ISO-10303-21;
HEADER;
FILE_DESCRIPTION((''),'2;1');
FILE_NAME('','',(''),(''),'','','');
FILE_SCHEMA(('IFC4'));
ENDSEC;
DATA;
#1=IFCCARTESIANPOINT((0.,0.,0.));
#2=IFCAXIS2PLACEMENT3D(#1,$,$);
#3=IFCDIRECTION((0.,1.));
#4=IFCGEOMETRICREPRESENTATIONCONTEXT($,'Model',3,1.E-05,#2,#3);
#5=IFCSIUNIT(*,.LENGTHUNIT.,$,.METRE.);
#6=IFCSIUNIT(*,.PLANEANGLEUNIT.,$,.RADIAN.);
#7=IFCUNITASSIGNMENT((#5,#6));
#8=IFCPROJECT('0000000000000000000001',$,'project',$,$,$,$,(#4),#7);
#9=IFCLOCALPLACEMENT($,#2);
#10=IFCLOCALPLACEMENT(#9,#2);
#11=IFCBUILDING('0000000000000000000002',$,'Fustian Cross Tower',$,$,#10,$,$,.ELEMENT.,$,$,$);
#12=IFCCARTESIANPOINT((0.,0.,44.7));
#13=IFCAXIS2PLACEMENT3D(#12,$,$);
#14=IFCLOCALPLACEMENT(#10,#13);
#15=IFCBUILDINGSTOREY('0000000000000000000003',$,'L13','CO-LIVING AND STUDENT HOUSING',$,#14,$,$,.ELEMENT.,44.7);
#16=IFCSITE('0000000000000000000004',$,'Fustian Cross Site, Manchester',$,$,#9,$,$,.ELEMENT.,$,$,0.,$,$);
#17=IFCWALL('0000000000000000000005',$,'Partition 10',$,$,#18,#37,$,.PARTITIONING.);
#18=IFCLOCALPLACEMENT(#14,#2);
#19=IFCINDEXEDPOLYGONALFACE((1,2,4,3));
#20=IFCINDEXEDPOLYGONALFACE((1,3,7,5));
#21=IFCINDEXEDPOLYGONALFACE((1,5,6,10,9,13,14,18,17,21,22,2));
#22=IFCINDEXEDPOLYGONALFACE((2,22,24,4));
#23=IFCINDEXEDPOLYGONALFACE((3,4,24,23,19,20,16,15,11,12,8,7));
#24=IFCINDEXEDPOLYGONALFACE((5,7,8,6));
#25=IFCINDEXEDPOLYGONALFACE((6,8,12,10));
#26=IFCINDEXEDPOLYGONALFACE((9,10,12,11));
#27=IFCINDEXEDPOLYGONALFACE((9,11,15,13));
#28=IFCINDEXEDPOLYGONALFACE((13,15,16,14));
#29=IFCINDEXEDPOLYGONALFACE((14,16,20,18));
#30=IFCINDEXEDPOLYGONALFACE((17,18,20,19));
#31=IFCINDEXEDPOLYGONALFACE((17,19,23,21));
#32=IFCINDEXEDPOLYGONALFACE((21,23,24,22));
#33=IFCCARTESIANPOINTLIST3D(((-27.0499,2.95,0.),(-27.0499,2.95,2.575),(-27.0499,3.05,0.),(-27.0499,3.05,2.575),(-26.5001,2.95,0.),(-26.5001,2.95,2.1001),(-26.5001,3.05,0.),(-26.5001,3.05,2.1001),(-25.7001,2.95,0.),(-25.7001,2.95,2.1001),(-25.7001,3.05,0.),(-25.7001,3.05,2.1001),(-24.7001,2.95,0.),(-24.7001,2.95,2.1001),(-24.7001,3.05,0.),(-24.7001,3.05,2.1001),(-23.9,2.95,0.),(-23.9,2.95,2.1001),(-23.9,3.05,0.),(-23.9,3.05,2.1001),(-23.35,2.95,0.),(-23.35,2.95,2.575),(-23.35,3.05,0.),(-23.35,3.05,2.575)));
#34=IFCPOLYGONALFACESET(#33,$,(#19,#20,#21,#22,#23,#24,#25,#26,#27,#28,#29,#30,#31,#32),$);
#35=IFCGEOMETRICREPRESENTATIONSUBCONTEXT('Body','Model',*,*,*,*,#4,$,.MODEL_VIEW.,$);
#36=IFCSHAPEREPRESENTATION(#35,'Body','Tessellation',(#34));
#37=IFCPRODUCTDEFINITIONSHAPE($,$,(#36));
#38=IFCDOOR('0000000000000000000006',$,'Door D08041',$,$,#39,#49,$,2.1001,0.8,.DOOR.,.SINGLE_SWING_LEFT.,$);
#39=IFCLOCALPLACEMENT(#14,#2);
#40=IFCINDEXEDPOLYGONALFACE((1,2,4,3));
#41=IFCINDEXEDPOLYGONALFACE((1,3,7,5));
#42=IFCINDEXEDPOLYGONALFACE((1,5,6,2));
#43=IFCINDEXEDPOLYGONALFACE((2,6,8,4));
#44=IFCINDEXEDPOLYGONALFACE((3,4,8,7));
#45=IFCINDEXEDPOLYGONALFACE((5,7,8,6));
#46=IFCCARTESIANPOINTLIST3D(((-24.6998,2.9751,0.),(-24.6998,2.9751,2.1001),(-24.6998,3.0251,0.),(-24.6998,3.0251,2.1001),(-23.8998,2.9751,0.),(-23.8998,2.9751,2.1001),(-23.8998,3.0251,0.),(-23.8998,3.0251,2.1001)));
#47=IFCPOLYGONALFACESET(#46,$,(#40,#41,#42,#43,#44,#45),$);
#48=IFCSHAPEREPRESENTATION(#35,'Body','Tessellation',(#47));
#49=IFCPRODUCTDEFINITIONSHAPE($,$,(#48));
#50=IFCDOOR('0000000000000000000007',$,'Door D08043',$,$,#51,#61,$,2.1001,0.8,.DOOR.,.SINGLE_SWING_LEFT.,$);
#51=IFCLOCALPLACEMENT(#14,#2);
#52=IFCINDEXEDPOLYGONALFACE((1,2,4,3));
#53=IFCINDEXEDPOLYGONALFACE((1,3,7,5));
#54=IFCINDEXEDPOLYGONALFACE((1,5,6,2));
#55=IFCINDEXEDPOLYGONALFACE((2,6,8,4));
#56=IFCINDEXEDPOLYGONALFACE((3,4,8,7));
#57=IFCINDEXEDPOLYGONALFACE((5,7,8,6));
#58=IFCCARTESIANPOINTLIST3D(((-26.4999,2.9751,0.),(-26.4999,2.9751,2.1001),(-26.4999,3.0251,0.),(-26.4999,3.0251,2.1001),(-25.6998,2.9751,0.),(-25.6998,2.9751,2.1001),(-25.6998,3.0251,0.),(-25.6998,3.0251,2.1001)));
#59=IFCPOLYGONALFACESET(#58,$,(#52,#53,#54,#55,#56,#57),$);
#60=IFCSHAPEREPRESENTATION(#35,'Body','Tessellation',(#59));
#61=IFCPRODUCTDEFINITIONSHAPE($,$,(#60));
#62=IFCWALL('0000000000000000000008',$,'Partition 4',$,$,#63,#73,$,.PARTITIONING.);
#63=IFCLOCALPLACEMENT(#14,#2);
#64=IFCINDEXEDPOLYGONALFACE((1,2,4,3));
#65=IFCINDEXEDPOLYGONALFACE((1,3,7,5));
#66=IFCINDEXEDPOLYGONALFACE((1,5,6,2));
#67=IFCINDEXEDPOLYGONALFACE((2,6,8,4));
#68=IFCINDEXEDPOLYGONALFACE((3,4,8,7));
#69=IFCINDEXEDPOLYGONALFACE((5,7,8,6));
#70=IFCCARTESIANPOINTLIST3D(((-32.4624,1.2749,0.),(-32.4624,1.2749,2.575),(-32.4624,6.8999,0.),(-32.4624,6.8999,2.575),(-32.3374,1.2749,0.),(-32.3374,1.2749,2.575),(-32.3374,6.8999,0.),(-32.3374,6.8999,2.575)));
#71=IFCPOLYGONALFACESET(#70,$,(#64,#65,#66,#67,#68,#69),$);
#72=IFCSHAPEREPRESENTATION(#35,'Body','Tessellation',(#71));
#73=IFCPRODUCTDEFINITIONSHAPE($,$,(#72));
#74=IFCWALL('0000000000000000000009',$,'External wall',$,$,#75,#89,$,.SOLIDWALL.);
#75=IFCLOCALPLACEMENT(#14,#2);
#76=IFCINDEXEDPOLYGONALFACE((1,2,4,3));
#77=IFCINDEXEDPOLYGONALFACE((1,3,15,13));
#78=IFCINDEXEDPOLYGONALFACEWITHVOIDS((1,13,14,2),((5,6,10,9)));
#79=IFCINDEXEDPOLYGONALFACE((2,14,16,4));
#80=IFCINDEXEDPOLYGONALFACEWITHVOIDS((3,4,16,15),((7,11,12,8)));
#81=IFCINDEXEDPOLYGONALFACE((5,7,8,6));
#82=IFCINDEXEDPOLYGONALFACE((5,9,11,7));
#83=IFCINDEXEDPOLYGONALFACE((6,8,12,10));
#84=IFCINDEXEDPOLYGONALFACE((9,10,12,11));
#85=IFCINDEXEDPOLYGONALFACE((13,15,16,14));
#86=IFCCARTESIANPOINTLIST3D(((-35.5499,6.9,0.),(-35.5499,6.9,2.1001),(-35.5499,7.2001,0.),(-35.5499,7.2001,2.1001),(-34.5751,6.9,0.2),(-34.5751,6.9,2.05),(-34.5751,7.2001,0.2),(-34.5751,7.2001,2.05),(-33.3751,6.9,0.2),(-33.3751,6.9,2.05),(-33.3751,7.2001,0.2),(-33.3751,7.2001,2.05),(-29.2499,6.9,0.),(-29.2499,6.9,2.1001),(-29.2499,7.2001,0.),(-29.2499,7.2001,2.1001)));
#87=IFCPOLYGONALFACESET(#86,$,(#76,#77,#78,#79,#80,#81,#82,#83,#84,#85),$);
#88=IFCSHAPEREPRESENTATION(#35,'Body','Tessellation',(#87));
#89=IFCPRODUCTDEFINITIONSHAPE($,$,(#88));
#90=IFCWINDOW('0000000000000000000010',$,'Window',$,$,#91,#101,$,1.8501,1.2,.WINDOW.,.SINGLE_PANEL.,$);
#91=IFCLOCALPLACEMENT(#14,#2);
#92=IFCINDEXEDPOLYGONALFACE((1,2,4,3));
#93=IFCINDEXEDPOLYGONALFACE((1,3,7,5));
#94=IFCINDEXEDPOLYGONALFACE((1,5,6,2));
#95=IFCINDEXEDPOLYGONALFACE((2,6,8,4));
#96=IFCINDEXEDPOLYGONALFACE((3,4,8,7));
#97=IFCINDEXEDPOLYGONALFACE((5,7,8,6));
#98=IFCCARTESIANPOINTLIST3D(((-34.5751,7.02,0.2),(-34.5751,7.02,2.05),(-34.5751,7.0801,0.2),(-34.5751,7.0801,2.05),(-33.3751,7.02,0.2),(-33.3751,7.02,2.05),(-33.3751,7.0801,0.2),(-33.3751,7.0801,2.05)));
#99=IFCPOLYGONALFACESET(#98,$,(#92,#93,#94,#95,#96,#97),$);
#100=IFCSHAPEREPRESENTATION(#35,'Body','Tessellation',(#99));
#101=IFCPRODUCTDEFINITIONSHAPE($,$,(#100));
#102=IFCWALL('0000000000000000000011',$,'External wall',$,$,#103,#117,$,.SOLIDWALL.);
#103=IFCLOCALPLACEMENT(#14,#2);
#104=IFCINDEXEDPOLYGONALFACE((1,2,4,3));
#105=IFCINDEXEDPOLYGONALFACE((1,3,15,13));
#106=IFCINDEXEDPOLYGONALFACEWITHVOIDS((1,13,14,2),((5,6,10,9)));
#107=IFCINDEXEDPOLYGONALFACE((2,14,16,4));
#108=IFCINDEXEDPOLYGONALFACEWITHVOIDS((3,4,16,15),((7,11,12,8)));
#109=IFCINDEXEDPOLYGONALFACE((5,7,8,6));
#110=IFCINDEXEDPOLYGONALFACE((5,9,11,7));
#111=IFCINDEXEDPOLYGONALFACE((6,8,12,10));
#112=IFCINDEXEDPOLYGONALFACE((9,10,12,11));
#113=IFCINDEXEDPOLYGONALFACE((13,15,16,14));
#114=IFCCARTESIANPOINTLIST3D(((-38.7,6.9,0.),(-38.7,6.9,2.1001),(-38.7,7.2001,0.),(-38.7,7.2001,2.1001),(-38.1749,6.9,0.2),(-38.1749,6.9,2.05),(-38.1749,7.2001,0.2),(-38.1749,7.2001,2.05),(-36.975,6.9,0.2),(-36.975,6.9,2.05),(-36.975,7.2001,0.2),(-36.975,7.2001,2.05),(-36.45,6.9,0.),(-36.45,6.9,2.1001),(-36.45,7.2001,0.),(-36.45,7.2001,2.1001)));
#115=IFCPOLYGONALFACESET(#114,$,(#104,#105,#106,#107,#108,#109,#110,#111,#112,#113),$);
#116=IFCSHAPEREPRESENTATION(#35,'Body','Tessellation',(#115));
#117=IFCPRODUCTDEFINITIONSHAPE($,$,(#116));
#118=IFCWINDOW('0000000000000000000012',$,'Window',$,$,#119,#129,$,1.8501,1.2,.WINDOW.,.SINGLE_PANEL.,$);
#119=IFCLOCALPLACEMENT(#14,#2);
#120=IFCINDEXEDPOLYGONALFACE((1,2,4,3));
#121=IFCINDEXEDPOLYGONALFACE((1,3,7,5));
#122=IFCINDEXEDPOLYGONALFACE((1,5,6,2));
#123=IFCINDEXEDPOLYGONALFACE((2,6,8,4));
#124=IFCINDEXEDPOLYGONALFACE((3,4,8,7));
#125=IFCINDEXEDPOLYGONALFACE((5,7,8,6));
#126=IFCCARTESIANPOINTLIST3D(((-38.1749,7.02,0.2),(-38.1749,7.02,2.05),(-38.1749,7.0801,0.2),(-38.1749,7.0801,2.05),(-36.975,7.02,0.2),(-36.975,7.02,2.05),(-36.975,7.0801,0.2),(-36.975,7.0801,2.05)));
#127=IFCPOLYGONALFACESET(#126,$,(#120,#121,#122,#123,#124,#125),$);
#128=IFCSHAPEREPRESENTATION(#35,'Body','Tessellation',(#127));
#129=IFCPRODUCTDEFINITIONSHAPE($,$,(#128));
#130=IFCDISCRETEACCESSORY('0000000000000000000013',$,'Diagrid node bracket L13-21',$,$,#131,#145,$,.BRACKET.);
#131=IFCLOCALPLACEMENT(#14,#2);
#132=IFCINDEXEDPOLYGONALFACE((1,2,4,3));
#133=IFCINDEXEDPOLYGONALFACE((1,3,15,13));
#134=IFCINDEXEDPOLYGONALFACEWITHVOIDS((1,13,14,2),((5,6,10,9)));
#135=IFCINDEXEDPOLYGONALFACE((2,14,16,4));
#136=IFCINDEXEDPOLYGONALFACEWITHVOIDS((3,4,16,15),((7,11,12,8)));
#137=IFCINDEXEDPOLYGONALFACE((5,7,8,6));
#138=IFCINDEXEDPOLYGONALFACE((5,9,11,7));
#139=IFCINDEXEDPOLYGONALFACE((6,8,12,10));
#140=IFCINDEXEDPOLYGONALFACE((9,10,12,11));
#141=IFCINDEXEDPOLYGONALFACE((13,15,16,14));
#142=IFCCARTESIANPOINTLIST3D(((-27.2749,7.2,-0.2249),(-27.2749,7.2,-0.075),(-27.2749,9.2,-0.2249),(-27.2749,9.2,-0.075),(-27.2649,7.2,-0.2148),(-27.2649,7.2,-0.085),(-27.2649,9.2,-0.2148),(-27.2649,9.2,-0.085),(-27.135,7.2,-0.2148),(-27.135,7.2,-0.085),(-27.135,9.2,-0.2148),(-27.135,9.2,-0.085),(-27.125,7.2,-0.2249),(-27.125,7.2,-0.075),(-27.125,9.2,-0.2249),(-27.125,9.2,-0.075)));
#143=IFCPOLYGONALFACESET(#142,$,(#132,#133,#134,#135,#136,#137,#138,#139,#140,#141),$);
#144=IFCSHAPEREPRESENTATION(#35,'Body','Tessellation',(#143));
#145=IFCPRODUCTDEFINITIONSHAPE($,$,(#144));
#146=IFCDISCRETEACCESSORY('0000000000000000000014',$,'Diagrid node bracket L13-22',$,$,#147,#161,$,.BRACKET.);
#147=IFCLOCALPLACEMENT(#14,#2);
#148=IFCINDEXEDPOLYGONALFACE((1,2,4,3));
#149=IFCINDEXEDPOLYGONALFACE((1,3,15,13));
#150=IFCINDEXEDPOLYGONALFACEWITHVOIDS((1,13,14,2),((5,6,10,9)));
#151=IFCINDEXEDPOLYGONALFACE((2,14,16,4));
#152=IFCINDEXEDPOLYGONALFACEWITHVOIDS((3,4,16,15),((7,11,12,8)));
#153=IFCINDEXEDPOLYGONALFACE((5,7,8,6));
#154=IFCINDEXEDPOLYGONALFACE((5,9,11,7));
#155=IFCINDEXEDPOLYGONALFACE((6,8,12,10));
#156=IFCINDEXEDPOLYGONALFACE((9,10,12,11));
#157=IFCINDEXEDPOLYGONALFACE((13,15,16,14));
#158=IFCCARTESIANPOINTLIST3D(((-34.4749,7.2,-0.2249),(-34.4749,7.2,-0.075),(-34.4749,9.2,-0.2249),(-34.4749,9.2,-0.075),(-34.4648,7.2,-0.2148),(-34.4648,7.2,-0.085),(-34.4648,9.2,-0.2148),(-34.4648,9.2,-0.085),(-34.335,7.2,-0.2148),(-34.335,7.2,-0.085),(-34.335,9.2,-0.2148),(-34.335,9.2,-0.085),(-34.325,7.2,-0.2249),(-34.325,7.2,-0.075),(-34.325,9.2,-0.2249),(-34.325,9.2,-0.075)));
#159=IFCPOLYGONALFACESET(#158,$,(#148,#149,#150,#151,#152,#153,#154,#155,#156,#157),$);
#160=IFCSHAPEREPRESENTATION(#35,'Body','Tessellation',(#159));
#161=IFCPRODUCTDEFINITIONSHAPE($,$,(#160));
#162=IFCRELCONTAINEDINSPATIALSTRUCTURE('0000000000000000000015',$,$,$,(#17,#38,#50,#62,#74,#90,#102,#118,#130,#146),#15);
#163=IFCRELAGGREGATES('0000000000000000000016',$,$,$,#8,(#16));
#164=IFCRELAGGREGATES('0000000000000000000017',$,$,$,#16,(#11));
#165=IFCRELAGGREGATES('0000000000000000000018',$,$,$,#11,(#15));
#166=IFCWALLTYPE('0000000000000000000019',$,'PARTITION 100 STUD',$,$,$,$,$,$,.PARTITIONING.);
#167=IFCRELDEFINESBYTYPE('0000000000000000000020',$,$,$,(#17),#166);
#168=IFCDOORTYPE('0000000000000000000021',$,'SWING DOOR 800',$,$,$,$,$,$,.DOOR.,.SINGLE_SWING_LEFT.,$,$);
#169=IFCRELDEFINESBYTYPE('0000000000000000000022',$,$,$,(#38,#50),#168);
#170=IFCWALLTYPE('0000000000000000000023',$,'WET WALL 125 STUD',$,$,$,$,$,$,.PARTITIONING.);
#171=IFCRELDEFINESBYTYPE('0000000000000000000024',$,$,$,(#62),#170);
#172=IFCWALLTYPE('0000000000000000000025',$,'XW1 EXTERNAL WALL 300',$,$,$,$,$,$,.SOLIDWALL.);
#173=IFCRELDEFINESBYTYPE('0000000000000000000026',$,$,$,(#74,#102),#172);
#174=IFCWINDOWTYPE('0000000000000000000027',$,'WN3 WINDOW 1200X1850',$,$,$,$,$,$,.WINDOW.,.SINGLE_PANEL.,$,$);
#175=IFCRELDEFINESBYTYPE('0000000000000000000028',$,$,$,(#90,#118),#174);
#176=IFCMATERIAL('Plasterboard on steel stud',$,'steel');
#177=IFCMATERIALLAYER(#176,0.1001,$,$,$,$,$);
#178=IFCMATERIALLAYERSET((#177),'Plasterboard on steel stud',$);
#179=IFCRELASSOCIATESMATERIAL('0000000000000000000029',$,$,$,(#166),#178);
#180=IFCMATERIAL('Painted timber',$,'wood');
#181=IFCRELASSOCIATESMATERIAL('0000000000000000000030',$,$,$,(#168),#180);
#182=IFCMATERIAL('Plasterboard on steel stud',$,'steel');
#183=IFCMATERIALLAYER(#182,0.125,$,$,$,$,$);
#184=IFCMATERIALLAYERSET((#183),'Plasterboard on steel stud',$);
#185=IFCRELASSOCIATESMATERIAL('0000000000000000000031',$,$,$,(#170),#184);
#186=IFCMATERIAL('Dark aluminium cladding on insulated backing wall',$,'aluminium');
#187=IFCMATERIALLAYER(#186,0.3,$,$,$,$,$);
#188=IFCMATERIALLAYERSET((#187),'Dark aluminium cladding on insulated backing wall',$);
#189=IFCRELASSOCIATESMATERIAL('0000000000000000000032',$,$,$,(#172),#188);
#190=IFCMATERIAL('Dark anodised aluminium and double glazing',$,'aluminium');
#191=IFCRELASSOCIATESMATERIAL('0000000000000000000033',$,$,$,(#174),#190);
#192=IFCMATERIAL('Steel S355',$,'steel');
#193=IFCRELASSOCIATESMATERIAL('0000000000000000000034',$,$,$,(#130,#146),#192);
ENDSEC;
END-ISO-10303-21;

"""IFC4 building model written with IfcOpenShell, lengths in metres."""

from ifc_helpers import new_model, si_unit, direction, frame, frame_2d, origin, origin_2d, place, context, subcontext, project, spatial, rectangle, hollow_rectangle, extrude, material, layer, layer_set, type_object, element, fill, save


model = new_model("IFC4")

# Units and contexts
model_context = context("Model", 3, precision=1e-05, world=origin(), true_north=direction((0.0, 1.0)))
body_context = subcontext(model_context, "Body", "Model", "MODEL_VIEW")
ifc_project = project(units=[si_unit("LENGTHUNIT", "METRE"), si_unit("PLANEANGLEUNIT", "RADIAN")], contexts=[model_context])

# Site, building, storey
site_placement = place(None, origin())
site = spatial("IfcSite", under=ifc_project, at=site_placement, Name="Fustian Cross Site, Manchester", CompositionType="ELEMENT", RefElevation=0.0)
building_placement = place(site_placement, origin())
building = spatial("IfcBuilding", under=site, at=building_placement, Name="Fustian Cross Tower", CompositionType="ELEMENT")
storey_placement = place(building_placement, frame((0.0, 0.0, 44.7)))
storey = spatial("IfcBuildingStorey", under=building, at=storey_placement, Name="L13", Description="CO-LIVING AND STUDENT HOUSING", CompositionType="ELEMENT", Elevation=44.7)

# Wall, openings, doors
ifc_material_1 = material(Name="Plasterboard on steel stud", Category="steel")
ifc_layer_1 = layer(ifc_material_1, 0.1001)
ifc_layer_set_1 = layer_set([ifc_layer_1], Name="Plasterboard on steel stud")
wall_type_1 = type_object("IfcWallType", Name="PARTITION 100 STUD", PredefinedType="PARTITIONING", material=ifc_layer_set_1)
wall_1_placement = place(storey_placement, frame((-27.05, 3.0, 0.0), z_axis=(0.0, 0.0, 1.0), x_axis=(1.0, 0.0, 0.0)))
wall_1 = element("IfcWall", 1, at=wall_1_placement, inside=storey, type_object=wall_type_1, Name="Partition 10", PredefinedType="PARTITIONING", context=body_context, shape_type="SweptSolid", body=[
    extrude(rectangle(XDim=3.7, YDim=0.1001, at=frame_2d((1.8501, 0.0))), origin(), (0.0, 0.0, 1.0), 2.575),
])
opening_1_placement = place(wall_1_placement, frame((2.3501, 0.0, 0.0)))
opening_1 = element("IfcOpeningElement", 2, at=opening_1_placement, cuts=wall_1, PredefinedType="OPENING", context=body_context, shape_type="SweptSolid", body=[
    extrude(rectangle(XDim=0.8, YDim=2.1001, at=frame_2d((0.3999, 1.05))), frame((0.0, 0.0601, 0.0), z_axis=(0.0, -1.0, 0.0), x_axis=(1.0, 0.0, 0.0)), (0.0, 0.0, 1.0), 0.1201),
])
opening_2_placement = place(wall_1_placement, frame((0.55, 0.0, 0.0)))
opening_2 = element("IfcOpeningElement", 3, at=opening_2_placement, cuts=wall_1, PredefinedType="OPENING", context=body_context, shape_type="SweptSolid", body=[
    extrude(rectangle(XDim=0.8, YDim=2.1001, at=frame_2d((0.3999, 1.05))), frame((0.0, 0.0601, 0.0), z_axis=(0.0, -1.0, 0.0), x_axis=(1.0, 0.0, 0.0)), (0.0, 0.0, 1.0), 0.1201),
])
ifc_material_2 = material(Name="Painted timber", Category="wood")
door_type_1 = type_object("IfcDoorType", Name="SWING DOOR 800", OperationType="SINGLE_SWING_LEFT", PredefinedType="DOOR", material=ifc_material_2)
door_1_placement = place(opening_1_placement, frame((0.8, 0.0, 0.0), z_axis=(0.0, 0.0, 1.0), x_axis=(-1.0, 0.0, 0.0)))
door_1 = element("IfcDoor", 4, at=door_1_placement, inside=storey, type_object=door_type_1, Name="Door D08041", OperationType="SINGLE_SWING_LEFT", OverallHeight=2.1001, OverallWidth=0.8, PredefinedType="DOOR", context=body_context, shape_type="SweptSolid", body=[
    extrude(rectangle(XDim=0.8, YDim=2.1001, at=frame_2d((0.3999, 1.05))), frame((0.0, 0.0249, 0.0), z_axis=(0.0, -1.0, 0.0), x_axis=(1.0, 0.0, 0.0)), (0.0, 0.0, 1.0), 0.05),
])
fill(opening_1, door_1)
door_2_placement = place(opening_2_placement, frame((0.8, 0.0, 0.0), z_axis=(0.0, 0.0, 1.0), x_axis=(-1.0, 0.0, 0.0)))
door_2 = element("IfcDoor", 5, at=door_2_placement, inside=storey, type_object=door_type_1, Name="Door D08043", OperationType="SINGLE_SWING_LEFT", OverallHeight=2.1001, OverallWidth=0.8, PredefinedType="DOOR", context=body_context, shape_type="SweptSolid", body=[
    extrude(rectangle(XDim=0.8, YDim=2.1001, at=frame_2d((0.3999, 1.05))), frame((0.0, 0.0249, 0.0), z_axis=(0.0, -1.0, 0.0), x_axis=(1.0, 0.0, 0.0)), (0.0, 0.0, 1.0), 0.05),
])
fill(opening_2, door_2)

# Wall
ifc_material_3 = material(Name="Plasterboard on steel stud", Category="steel")
ifc_layer_2 = layer(ifc_material_3, 0.125)
ifc_layer_set_2 = layer_set([ifc_layer_2], Name="Plasterboard on steel stud")
wall_type_2 = type_object("IfcWallType", Name="WET WALL 125 STUD", PredefinedType="PARTITIONING", material=ifc_layer_set_2)
wall_2_placement = place(storey_placement, frame((-32.3999, 1.2749, 0.0), z_axis=(0.0, 0.0, 1.0), x_axis=(0.0, 1.0, 0.0)))
element("IfcWall", 6, at=wall_2_placement, inside=storey, type_object=wall_type_2, Name="Partition 4", PredefinedType="PARTITIONING", context=body_context, shape_type="SweptSolid", body=[
    extrude(rectangle(XDim=5.625, YDim=0.125, at=frame_2d((2.8125, 0.0))), origin(), (0.0, 0.0, 1.0), 2.575),
])

# Walls, openings, windows
ifc_material_4 = material(Name="Dark aluminium cladding on insulated backing wall", Category="aluminium")
ifc_layer_3 = layer(ifc_material_4, 0.3)
ifc_layer_set_3 = layer_set([ifc_layer_3], Name="Dark aluminium cladding on insulated backing wall")
wall_type_3 = type_object("IfcWallType", Name="XW1 EXTERNAL WALL 300", PredefinedType="SOLIDWALL", material=ifc_layer_set_3)
wall_3_placement = place(storey_placement, frame((-29.25, 7.05, 0.0), z_axis=(0.0, 0.0, 1.0), x_axis=(-1.0, 0.0, 0.0)))
wall_3 = element("IfcWall", 7, at=wall_3_placement, inside=storey, type_object=wall_type_3, Name="External wall", PredefinedType="SOLIDWALL", context=body_context, shape_type="SweptSolid", body=[
    extrude(rectangle(XDim=6.3, YDim=0.3, at=frame_2d((3.1499, 0.0))), origin(), (0.0, 0.0, 1.0), 2.1001),
])
opening_3_placement = place(wall_3_placement, frame((4.125, 0.0, 0.2)))
opening_3 = element("IfcOpeningElement", 8, at=opening_3_placement, cuts=wall_3, PredefinedType="OPENING", context=body_context, shape_type="SweptSolid", body=[
    extrude(rectangle(XDim=1.2, YDim=1.8501, at=frame_2d((0.6001, 0.925))), frame((0.0, 0.1599, 0.0), z_axis=(0.0, -1.0, 0.0), x_axis=(1.0, 0.0, 0.0)), (0.0, 0.0, 1.0), 0.3201),
])
ifc_material_5 = material(Name="Dark anodised aluminium and double glazing", Category="aluminium")
window_type = type_object("IfcWindowType", Name="WN3 WINDOW 1200X1850", PartitioningType="SINGLE_PANEL", PredefinedType="WINDOW", material=ifc_material_5)
window_1_placement = place(opening_3_placement, origin())
window_1 = element("IfcWindow", 9, at=window_1_placement, inside=storey, type_object=window_type, Name="Window", OverallHeight=1.8501, OverallWidth=1.2, PartitioningType="SINGLE_PANEL", PredefinedType="WINDOW", context=body_context, shape_type="SweptSolid", body=[
    extrude(rectangle(XDim=1.2, YDim=1.8501, at=frame_2d((0.6001, 0.925))), frame((0.0, 0.03, 0.0), z_axis=(0.0, -1.0, 0.0), x_axis=(1.0, 0.0, 0.0)), (0.0, 0.0, 1.0), 0.0601),
])
fill(opening_3, window_1)
wall_4_placement = place(storey_placement, frame((-36.45, 7.05, 0.0), z_axis=(0.0, 0.0, 1.0), x_axis=(-1.0, 0.0, 0.0)))
wall_4 = element("IfcWall", 10, at=wall_4_placement, inside=storey, type_object=wall_type_3, Name="External wall", PredefinedType="SOLIDWALL", context=body_context, shape_type="SweptSolid", body=[
    extrude(rectangle(XDim=2.25, YDim=0.3, at=frame_2d((1.125, 0.0))), origin(), (0.0, 0.0, 1.0), 2.1001),
])
opening_4_placement = place(wall_4_placement, frame((0.5249, 0.0, 0.2)))
opening_4 = element("IfcOpeningElement", 11, at=opening_4_placement, cuts=wall_4, PredefinedType="OPENING", context=body_context, shape_type="SweptSolid", body=[
    extrude(rectangle(XDim=1.2, YDim=1.8501, at=frame_2d((0.6001, 0.925))), frame((0.0, 0.1599, 0.0), z_axis=(0.0, -1.0, 0.0), x_axis=(1.0, 0.0, 0.0)), (0.0, 0.0, 1.0), 0.3201),
])
window_2_placement = place(opening_4_placement, origin())
window_2 = element("IfcWindow", 12, at=window_2_placement, inside=storey, type_object=window_type, Name="Window", OverallHeight=1.8501, OverallWidth=1.2, PartitioningType="SINGLE_PANEL", PredefinedType="WINDOW", context=body_context, shape_type="SweptSolid", body=[
    extrude(rectangle(XDim=1.2, YDim=1.8501, at=frame_2d((0.6001, 0.925))), frame((0.0, 0.03, 0.0), z_axis=(0.0, -1.0, 0.0), x_axis=(1.0, 0.0, 0.0)), (0.0, 0.0, 1.0), 0.0601),
])
fill(opening_4, window_2)

# Discrete accessories
ifc_material_6 = material(Name="Steel S355", Category="steel")
for number, where, z_axis, x_axis, name in (
    (13, (-27.2, 9.2, -0.1499), (0.0, -1.0, 0.0), (1.0, 0.0, 0.0), "Diagrid node bracket L13-21"),
    (14, (-34.3999, 9.2, -0.1499), (0.0, -1.0, 0.0), (1.0, 0.0, 0.0), "Diagrid node bracket L13-22"),
):
    element("IfcDiscreteAccessory", number, at=place(storey_placement, frame(where, z_axis=z_axis, x_axis=x_axis)), inside=storey, material=ifc_material_6, Name=name, PredefinedType="BRACKET", context=body_context, shape_type="SweptSolid", body=[
        extrude(hollow_rectangle(XDim=0.1499, YDim=0.1499, WallThickness=0.01, at=origin_2d()), origin(), (0.0, 0.0, 1.0), 2.0),
    ])

save(model, "model.ifc")
